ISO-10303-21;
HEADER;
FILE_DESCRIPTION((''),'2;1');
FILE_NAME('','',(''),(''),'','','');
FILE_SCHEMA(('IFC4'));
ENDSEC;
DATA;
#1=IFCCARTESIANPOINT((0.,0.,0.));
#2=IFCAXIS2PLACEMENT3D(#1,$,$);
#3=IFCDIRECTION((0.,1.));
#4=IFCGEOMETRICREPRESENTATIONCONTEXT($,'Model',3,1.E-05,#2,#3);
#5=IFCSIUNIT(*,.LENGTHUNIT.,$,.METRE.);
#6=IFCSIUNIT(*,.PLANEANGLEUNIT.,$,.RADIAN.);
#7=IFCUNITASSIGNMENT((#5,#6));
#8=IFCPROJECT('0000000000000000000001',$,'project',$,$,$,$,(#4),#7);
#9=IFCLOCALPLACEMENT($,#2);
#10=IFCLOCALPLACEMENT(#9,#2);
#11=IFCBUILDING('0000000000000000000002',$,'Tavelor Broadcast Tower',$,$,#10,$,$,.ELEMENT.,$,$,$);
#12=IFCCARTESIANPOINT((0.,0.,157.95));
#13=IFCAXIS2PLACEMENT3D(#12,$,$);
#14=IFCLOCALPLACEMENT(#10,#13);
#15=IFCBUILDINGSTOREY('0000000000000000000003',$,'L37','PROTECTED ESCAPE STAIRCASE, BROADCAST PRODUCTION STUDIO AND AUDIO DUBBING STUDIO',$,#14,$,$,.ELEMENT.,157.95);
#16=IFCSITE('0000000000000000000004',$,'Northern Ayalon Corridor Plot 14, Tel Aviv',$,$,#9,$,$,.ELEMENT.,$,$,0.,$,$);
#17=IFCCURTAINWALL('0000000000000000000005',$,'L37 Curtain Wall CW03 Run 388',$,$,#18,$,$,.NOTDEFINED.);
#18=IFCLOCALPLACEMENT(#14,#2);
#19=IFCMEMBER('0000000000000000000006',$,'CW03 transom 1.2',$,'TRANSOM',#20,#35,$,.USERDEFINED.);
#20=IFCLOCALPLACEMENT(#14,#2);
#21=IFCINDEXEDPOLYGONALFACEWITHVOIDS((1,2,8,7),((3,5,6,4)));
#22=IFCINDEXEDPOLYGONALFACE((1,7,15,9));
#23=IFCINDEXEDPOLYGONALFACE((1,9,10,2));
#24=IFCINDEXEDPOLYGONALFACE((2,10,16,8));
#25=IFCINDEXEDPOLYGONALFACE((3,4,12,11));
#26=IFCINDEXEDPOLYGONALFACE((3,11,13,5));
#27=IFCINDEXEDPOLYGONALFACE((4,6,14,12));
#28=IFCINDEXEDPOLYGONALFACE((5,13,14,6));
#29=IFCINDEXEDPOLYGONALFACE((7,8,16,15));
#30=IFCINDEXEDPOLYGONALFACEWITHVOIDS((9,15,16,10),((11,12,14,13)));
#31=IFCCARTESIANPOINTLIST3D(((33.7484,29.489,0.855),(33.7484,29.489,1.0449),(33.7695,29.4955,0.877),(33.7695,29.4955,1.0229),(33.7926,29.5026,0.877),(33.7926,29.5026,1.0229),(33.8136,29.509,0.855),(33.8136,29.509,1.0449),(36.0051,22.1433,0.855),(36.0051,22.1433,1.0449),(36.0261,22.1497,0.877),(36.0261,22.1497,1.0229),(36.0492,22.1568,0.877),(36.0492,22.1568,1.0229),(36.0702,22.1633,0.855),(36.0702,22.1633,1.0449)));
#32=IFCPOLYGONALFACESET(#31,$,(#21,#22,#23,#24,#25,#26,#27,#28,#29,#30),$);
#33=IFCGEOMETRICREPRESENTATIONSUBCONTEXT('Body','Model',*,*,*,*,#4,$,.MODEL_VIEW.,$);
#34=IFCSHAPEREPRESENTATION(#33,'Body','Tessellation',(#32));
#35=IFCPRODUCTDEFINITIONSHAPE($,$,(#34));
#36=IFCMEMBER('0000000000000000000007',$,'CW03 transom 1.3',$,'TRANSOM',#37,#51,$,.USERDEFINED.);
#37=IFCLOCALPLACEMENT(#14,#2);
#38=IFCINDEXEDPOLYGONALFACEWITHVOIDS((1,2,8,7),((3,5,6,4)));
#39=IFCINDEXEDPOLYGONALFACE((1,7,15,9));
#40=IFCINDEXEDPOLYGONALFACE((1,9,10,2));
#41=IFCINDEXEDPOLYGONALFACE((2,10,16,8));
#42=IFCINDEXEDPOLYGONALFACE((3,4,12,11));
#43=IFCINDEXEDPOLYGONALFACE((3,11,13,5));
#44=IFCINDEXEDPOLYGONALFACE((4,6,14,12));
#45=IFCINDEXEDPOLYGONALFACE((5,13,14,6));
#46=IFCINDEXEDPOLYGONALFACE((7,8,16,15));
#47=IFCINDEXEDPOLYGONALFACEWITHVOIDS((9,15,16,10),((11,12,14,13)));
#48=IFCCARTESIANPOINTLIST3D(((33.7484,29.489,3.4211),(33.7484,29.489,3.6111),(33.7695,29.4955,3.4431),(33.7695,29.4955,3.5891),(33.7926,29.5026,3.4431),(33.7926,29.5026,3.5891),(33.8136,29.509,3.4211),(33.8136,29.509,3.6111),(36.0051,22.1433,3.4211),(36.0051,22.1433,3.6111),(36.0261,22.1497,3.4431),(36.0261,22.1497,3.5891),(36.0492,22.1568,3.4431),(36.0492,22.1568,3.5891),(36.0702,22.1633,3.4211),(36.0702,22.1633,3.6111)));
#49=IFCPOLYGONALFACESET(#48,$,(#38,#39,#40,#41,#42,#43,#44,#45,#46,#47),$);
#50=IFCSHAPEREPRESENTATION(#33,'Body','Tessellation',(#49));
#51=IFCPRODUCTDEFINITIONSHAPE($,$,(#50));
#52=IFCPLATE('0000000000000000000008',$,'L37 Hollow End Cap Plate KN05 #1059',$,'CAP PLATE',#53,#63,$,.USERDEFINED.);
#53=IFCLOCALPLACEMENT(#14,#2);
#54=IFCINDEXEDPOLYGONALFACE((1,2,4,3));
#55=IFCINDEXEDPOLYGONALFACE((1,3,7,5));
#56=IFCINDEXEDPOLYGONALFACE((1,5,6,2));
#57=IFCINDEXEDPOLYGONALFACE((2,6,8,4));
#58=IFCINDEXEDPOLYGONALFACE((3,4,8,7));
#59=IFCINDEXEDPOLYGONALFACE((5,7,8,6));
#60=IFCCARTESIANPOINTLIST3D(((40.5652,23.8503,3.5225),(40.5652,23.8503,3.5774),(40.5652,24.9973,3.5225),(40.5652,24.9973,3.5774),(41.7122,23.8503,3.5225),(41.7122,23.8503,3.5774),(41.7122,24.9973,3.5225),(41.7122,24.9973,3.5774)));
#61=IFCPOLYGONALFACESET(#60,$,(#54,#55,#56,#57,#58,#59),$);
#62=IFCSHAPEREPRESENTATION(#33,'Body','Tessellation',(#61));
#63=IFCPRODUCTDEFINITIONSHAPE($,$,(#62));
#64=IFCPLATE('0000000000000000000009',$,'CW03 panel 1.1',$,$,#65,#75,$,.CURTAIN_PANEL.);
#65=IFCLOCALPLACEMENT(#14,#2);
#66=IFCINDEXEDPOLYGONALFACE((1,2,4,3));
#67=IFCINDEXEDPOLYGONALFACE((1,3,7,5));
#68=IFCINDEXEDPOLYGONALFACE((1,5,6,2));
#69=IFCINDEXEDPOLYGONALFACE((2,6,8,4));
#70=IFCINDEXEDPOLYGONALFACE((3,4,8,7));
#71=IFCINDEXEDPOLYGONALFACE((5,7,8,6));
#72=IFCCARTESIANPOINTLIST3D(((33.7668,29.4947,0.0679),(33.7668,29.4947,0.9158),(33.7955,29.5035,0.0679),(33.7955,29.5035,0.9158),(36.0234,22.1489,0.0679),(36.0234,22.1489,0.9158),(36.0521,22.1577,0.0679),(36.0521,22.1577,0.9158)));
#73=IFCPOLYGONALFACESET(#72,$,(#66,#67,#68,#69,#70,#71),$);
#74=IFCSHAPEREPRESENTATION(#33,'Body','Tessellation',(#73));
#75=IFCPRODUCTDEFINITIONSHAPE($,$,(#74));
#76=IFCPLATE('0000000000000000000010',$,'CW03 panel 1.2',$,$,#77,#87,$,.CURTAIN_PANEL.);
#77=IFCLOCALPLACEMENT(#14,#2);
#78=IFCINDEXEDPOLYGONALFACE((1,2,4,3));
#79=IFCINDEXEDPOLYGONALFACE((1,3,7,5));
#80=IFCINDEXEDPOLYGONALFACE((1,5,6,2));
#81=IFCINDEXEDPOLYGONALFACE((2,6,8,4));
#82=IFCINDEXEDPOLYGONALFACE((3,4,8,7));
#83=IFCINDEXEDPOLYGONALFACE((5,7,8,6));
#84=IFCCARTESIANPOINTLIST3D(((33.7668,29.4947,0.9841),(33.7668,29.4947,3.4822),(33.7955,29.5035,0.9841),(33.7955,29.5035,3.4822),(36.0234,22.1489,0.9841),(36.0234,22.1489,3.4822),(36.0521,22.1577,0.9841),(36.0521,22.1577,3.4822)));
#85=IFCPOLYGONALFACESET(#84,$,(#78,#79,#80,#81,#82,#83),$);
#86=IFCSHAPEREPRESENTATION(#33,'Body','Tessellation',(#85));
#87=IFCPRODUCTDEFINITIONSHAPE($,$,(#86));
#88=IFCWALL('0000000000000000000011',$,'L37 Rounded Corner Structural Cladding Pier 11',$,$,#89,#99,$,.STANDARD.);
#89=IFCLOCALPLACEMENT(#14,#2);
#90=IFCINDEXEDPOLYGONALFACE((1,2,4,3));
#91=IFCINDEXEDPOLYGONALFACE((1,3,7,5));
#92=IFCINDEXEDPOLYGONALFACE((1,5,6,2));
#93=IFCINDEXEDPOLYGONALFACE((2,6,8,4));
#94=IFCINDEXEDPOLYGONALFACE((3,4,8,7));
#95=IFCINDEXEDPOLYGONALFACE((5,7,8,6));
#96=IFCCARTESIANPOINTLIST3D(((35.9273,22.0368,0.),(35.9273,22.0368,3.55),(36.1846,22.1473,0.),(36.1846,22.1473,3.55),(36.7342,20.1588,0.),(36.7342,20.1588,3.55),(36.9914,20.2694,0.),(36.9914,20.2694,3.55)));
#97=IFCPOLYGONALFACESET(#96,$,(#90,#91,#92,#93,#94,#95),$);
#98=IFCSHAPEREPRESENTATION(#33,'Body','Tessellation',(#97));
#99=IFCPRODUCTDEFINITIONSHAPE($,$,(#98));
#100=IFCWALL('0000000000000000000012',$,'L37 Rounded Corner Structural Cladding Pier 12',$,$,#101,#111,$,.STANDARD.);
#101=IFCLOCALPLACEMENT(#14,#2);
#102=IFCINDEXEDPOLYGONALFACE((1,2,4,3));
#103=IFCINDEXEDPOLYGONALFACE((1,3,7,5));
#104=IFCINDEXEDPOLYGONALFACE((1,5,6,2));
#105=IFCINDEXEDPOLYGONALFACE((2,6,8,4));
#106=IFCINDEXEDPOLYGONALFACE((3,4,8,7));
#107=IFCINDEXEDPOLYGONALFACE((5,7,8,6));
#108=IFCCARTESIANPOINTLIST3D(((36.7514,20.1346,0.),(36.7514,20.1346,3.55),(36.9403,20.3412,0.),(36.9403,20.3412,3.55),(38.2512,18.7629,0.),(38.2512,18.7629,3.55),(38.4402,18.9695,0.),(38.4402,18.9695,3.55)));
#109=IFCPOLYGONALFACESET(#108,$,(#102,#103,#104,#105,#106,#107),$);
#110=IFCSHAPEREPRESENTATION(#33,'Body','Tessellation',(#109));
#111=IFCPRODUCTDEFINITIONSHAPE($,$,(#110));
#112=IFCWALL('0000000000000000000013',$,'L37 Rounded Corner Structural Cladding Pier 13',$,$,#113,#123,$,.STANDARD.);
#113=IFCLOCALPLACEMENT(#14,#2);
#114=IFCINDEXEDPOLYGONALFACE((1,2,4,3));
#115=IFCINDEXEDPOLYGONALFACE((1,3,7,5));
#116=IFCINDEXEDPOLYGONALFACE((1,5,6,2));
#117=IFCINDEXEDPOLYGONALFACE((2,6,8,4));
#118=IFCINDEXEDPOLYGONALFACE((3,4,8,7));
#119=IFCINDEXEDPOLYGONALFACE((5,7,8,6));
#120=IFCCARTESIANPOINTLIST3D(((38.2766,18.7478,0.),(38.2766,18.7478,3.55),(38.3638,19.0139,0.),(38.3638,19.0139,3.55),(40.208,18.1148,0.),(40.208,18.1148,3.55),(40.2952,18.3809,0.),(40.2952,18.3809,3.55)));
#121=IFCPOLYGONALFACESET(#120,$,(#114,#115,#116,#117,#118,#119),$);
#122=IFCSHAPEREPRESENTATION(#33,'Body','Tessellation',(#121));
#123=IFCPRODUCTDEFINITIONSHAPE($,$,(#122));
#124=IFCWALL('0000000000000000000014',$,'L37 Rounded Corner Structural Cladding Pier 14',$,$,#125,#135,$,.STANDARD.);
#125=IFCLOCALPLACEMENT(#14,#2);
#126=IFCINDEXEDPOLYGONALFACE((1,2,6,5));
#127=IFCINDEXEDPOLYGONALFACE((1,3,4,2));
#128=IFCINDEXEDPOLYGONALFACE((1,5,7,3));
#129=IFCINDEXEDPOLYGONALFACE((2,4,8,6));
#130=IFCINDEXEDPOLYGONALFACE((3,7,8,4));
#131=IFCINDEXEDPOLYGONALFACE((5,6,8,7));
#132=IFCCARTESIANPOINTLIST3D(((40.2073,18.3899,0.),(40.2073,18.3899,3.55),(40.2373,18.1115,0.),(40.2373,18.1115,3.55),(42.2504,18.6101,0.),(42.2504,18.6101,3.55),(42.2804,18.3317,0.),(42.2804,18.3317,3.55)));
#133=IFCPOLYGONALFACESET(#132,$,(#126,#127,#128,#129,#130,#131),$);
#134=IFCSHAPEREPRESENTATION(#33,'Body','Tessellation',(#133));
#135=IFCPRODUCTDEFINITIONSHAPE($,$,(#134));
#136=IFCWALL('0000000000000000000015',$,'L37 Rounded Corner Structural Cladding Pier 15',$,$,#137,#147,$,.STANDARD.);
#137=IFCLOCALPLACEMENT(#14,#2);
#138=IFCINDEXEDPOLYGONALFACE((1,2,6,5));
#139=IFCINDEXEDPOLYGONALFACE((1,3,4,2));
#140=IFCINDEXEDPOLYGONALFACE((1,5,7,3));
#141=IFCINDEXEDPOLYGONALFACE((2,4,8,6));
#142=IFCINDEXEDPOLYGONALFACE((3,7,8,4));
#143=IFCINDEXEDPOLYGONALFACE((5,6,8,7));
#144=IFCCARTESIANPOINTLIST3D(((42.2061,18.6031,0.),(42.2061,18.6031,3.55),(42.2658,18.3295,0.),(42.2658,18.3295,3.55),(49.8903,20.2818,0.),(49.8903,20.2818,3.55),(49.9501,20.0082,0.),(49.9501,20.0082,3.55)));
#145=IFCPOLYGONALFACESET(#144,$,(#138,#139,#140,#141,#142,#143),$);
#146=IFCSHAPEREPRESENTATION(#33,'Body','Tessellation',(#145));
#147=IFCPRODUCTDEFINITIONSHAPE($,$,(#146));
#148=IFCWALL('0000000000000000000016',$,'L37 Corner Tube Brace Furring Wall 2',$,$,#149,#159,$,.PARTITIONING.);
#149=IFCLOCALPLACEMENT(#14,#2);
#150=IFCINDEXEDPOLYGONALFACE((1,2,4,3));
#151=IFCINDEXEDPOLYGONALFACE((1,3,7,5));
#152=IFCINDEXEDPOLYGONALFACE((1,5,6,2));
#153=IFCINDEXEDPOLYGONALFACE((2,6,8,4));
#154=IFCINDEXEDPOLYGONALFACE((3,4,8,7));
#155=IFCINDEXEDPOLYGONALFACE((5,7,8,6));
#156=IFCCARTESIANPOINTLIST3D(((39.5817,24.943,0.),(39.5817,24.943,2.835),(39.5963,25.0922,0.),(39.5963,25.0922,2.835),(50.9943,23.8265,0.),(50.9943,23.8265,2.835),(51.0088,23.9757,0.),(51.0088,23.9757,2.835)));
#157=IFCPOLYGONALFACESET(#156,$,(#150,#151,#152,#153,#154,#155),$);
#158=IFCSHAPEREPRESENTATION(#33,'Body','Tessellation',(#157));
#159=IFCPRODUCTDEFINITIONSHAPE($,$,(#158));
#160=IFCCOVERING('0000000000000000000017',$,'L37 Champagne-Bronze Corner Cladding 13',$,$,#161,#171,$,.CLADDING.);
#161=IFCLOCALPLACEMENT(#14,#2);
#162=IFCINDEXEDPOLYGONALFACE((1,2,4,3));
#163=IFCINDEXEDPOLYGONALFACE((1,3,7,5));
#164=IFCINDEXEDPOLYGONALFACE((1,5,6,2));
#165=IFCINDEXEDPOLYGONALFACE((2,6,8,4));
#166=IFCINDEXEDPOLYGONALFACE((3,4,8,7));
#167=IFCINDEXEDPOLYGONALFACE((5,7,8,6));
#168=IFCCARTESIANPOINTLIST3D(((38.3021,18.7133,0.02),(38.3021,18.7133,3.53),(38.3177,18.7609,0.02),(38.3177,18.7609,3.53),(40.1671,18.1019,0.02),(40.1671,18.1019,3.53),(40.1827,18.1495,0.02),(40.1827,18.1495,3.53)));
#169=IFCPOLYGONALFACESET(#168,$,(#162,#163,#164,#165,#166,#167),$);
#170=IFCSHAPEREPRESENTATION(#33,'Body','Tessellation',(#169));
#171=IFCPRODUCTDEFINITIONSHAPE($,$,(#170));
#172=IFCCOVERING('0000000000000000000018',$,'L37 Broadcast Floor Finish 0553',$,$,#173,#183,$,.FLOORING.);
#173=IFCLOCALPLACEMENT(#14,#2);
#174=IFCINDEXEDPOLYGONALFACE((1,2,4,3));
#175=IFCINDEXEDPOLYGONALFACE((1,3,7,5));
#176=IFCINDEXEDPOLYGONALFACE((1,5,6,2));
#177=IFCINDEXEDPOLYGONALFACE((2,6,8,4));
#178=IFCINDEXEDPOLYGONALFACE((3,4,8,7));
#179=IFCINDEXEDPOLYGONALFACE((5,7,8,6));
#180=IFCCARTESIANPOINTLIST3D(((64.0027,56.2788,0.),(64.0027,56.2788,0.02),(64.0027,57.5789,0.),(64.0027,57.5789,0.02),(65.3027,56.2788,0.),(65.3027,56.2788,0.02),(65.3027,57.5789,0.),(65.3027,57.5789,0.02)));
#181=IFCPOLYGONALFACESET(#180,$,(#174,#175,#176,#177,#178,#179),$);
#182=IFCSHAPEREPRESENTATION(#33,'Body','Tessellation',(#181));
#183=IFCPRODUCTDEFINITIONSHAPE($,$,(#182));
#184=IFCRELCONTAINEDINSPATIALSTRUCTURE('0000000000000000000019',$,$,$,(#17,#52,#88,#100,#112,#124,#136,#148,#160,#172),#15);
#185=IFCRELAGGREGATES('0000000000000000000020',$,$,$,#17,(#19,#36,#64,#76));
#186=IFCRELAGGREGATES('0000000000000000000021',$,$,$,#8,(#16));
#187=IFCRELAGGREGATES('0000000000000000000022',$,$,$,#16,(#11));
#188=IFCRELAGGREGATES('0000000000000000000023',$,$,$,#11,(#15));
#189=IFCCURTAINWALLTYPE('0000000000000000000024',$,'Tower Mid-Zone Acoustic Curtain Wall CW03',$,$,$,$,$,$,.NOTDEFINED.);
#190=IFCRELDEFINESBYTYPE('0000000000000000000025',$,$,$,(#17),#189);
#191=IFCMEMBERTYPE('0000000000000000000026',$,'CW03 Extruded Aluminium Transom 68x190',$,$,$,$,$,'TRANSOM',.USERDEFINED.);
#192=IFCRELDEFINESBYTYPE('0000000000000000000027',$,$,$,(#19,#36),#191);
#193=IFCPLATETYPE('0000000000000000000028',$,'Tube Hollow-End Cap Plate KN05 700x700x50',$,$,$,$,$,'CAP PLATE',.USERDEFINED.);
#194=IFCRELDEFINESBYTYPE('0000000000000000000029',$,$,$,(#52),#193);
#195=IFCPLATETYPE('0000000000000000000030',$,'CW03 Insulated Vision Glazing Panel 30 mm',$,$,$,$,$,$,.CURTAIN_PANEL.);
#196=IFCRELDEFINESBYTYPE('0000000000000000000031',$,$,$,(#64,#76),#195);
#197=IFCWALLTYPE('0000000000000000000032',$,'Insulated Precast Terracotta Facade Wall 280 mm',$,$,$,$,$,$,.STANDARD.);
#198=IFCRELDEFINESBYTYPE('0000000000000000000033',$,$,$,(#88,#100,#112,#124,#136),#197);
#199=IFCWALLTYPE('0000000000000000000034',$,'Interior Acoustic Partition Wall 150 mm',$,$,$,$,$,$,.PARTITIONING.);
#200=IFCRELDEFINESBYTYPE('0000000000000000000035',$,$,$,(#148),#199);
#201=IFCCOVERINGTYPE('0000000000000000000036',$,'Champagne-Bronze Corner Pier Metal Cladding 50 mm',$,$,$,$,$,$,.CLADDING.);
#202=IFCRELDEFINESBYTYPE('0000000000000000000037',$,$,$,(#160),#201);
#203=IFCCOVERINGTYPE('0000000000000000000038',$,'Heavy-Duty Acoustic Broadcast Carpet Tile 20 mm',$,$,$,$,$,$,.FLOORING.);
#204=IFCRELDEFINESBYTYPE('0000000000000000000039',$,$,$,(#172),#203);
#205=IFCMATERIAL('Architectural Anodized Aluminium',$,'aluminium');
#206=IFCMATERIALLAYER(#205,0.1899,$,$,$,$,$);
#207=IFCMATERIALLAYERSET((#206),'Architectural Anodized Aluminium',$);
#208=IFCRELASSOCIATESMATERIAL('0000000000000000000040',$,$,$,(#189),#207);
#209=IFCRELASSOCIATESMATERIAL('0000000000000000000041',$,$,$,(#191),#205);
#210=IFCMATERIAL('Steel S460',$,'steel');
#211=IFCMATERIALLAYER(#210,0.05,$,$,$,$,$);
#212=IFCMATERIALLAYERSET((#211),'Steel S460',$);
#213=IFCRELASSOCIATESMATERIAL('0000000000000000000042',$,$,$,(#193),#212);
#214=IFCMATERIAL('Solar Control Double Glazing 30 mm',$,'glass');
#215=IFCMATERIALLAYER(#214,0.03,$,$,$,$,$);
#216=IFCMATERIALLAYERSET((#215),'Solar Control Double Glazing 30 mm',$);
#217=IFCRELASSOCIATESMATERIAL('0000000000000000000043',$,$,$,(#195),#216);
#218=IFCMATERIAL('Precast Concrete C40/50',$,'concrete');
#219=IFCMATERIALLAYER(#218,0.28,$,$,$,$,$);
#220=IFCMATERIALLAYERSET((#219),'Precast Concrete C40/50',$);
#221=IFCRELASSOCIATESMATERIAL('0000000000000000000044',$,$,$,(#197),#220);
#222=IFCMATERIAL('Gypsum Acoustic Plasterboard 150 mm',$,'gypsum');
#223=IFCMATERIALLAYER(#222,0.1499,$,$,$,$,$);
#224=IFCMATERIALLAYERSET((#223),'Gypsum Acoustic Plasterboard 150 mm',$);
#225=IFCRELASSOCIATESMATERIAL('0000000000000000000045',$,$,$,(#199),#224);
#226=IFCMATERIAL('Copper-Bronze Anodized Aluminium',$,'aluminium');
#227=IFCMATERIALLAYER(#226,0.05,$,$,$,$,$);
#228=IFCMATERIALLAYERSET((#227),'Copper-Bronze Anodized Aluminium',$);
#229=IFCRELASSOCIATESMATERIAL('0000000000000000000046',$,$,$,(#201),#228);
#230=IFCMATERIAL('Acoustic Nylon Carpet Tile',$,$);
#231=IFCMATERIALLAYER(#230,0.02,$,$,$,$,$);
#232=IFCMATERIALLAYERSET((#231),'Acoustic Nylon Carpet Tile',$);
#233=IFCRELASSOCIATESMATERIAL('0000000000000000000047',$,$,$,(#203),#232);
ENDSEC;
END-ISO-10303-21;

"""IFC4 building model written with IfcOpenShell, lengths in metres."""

from ifc_helpers import new_model, si_unit, direction, frame, frame_2d, origin, origin_2d, place, context, subcontext, project, spatial, polyline, rectangle, hollow_rectangle, outline, extrude, source, transform, mapped, material, layer, layer_set, material_profile, profile_set, type_object, type_shapes, element, aggregate, save


model = new_model("IFC4")

# Units and contexts
model_context = context("Model", 3, precision=1e-05, world=origin(), true_north=direction((0.0, 1.0)))
body_context = subcontext(model_context, "Body", "Model", "MODEL_VIEW")
ifc_project = project(units=[si_unit("LENGTHUNIT", "METRE"), si_unit("PLANEANGLEUNIT", "RADIAN")], contexts=[model_context])

# Site, building, storey
site_placement = place(None, origin())
site = spatial("IfcSite", under=ifc_project, at=site_placement, Name="Northern Ayalon Corridor Plot 14, Tel Aviv", CompositionType="ELEMENT", RefElevation=0.0)
building_placement = place(site_placement, origin())
building = spatial("IfcBuilding", under=site, at=building_placement, Name="Tavelor Broadcast Tower", CompositionType="ELEMENT")
storey_placement = place(building_placement, frame((0.0, 0.0, 157.95)))
storey = spatial("IfcBuildingStorey", under=building, at=storey_placement, Name="L37", Description="PROTECTED ESCAPE STAIRCASE, BROADCAST PRODUCTION STUDIO AND AUDIO DUBBING STUDIO", CompositionType="ELEMENT", Elevation=157.95)

# Shared definitions
ifc_material_1 = material(Name="Steel S460", Category="steel")

# Curtain wall, members
ifc_material_2 = material(Name="Architectural Anodized Aluminium", Category="aluminium")
ifc_layer_1 = layer(ifc_material_2, 0.1899)
ifc_layer_set_1 = layer_set([ifc_layer_1], Name="Architectural Anodized Aluminium")
curtain_wall_type = type_object("IfcCurtainWallType", Name="Tower Mid-Zone Acoustic Curtain Wall CW03", PredefinedType="NOTDEFINED", material=ifc_layer_set_1)
curtain_wall_placement = place(storey_placement, origin())
curtain_wall = element("IfcCurtainWall", 1, at=curtain_wall_placement, inside=storey, type_object=curtain_wall_type, Name="L37 Curtain Wall CW03 Run 388", PredefinedType="NOTDEFINED")
ifc_material_profile_1 = material_profile(ifc_material_2, hollow_rectangle(XDim=0.0681, YDim=0.1899, WallThickness=0.022, at=origin_2d()), Name="RHS 68x190x22")
ifc_profile_set_1 = profile_set([ifc_material_profile_1], Name="Architectural Anodized Aluminium")
member_type_1 = type_object("IfcMemberType", Name="CW03 Extruded Aluminium Transom 68x190", ElementType="TRANSOM", PredefinedType="USERDEFINED", material=ifc_profile_set_1)
shared_shape_1 = source(origin(), body_context, "Body", "SweptSolid", [
    extrude(hollow_rectangle(XDim=0.0681, YDim=0.1899, WallThickness=0.022, at=origin_2d()), origin(), (0.0, 0.0, 1.0), 7.6846),
])
type_shapes(member_type_1, [shared_shape_1])
member_1_placement = place(storey_placement, frame((33.781, 29.499, 0.95), z_axis=(0.293655, -0.955911, 0.0), x_axis=(0.955911, 0.293655, 0.0)))
member_1 = element("IfcMember", 2, at=member_1_placement, type_object=member_type_1, Name="CW03 transom 1.2", ObjectType="TRANSOM", PredefinedType="USERDEFINED", context=body_context, shape_type="MappedRepresentation", body=[
    mapped(shared_shape_1, transform((0.0, 0.0, 0.0), scale=1.0)),
])
member_2_placement = place(storey_placement, frame((33.781, 29.499, 3.5161), z_axis=(0.293655, -0.955911, 0.0), x_axis=(0.955911, 0.293655, 0.0)))
member_2 = element("IfcMember", 3, at=member_2_placement, type_object=member_type_1, Name="CW03 transom 1.3", ObjectType="TRANSOM", PredefinedType="USERDEFINED", context=body_context, shape_type="MappedRepresentation", body=[
    mapped(shared_shape_1, transform((0.0, 0.0, 0.0), scale=1.0)),
])

# Plates
ifc_layer_2 = layer(ifc_material_1, 0.05)
ifc_layer_set_2 = layer_set([ifc_layer_2], Name="Steel S460")
plate_type_1 = type_object("IfcPlateType", Name="Tube Hollow-End Cap Plate KN05 700x700x50", ElementType="CAP PLATE", PredefinedType="USERDEFINED", material=ifc_layer_set_2)
shared_shape_2 = source(origin(), body_context, "Body", "SweptSolid", [
    extrude(rectangle(XDim=1.147, YDim=1.147, at=origin_2d()), origin(), (0.0, 0.0, 1.0), 0.0549),
])
type_shapes(plate_type_1, [shared_shape_2])
plate_1_placement = place(storey_placement, frame((41.1387, 24.4238, 3.5225), z_axis=(0.0, 0.0, 1.0), x_axis=(1.0, 0.0, 0.0)))
element("IfcPlate", 4, at=plate_1_placement, inside=storey, type_object=plate_type_1, Name="L37 Hollow End Cap Plate KN05 #1059", ObjectType="CAP PLATE", PredefinedType="USERDEFINED", context=body_context, shape_type="MappedRepresentation", body=[
    mapped(shared_shape_2, transform((0.0, 0.0, 0.0), scale=1.0)),
])
ifc_material_3 = material(Name="Solar Control Double Glazing 30 mm", Category="glass")
ifc_layer_3 = layer(ifc_material_3, 0.03)
ifc_layer_set_3 = layer_set([ifc_layer_3], Name="Solar Control Double Glazing 30 mm")
plate_type_2 = type_object("IfcPlateType", Name="CW03 Insulated Vision Glazing Panel 30 mm", PredefinedType="CURTAIN_PANEL", material=ifc_layer_set_3)
shared_shape_3 = source(origin(), body_context, "Body", "SweptSolid", [
    extrude(rectangle(XDim=7.6846, YDim=0.03, at=origin_2d()), origin(), (0.0, 0.0, 1.0), 0.8479),
])
plate_2_placement = place(storey_placement, frame((34.9094, 25.8262, 0.0679), z_axis=(0.0, 0.0, 1.0), x_axis=(0.293652, -0.955912, 0.0)))
plate_2 = element("IfcPlate", 5, at=plate_2_placement, type_object=plate_type_2, Name="CW03 panel 1.1", PredefinedType="CURTAIN_PANEL", context=body_context, shape_type="MappedRepresentation", body=[
    mapped(shared_shape_3, transform((0.0, 0.0, 0.0), scale=1.0)),
])
shared_shape_4 = source(origin(), body_context, "Body", "SweptSolid", [
    extrude(rectangle(XDim=7.6846, YDim=0.03, at=origin_2d()), origin(), (0.0, 0.0, 1.0), 2.498),
])
type_shapes(plate_type_2, [shared_shape_3, shared_shape_4])
plate_3_placement = place(storey_placement, frame((34.9094, 25.8262, 0.9841), z_axis=(0.0, 0.0, 1.0), x_axis=(0.293652, -0.955912, 0.0)))
plate_3 = element("IfcPlate", 6, at=plate_3_placement, type_object=plate_type_2, Name="CW03 panel 1.2", PredefinedType="CURTAIN_PANEL", context=body_context, shape_type="MappedRepresentation", body=[
    mapped(shared_shape_4, transform((0.0, 0.0, 0.0), scale=1.0)),
])
aggregate(curtain_wall, [member_1, member_2, plate_2, plate_3])

# Walls
ifc_material_4 = material(Name="Precast Concrete C40/50", Category="concrete")
ifc_layer_4 = layer(ifc_material_4, 0.28)
ifc_layer_set_4 = layer_set([ifc_layer_4], Name="Precast Concrete C40/50")
wall_type_1 = type_object("IfcWallType", Name="Insulated Precast Terracotta Facade Wall 280 mm", PredefinedType="STANDARD", material=ifc_layer_set_4)
wall_1_placement = place(storey_placement, frame((36.0559, 22.092, 0.0), z_axis=(0.0, 0.0, 1.0), x_axis=(0.39477, -0.91878, 0.0)))
element("IfcWall", 7, at=wall_1_placement, inside=storey, type_object=wall_type_1, Name="L37 Rounded Corner Structural Cladding Pier 11", PredefinedType="STANDARD", context=body_context, shape_type="SweptSolid", body=[
    extrude(rectangle(XDim=2.0439, YDim=0.28, at=frame_2d((1.022, 0.0))), origin(), (0.0, 0.0, 1.0), 3.55),
])
for number, where, z_axis, x_axis, name in (
    (8, (36.8459, 20.2378, 0.0), (0.0, 0.0, 1.0), (0.737937, -0.67487, 0.0), "L37 Rounded Corner Structural Cladding Pier 12"),
    (9, (38.3203, 18.8809, 0.0), (0.0, 0.0, 1.0), (0.950257, -0.311467, 0.0), "L37 Rounded Corner Structural Cladding Pier 13"),
):
    element("IfcWall", number, at=place(storey_placement, frame(where, z_axis=z_axis, x_axis=x_axis)), inside=storey, type_object=wall_type_1, Name=name, PredefinedType="STANDARD", context=body_context, shape_type="SweptSolid", body=[
        extrude(rectangle(XDim=2.0325, YDim=0.28, at=frame_2d((1.0161, 0.0))), origin(), (0.0, 0.0, 1.0), 3.55),
    ])
wall_2_placement = place(storey_placement, frame((40.2224, 18.2507, 0.0), z_axis=(0.0, 0.0, 1.0), x_axis=(0.994242, 0.107158, 0.0)))
element("IfcWall", 10, at=wall_2_placement, inside=storey, type_object=wall_type_1, Name="L37 Rounded Corner Structural Cladding Pier 14", PredefinedType="STANDARD", context=body_context, shape_type="SweptSolid", body=[
    extrude(rectangle(XDim=2.0549, YDim=0.28, at=frame_2d((1.0273, 0.0))), origin(), (0.0, 0.0, 1.0), 3.55),
])
wall_3_placement = place(storey_placement, frame((42.2361, 18.4663, 0.0), z_axis=(0.0, 0.0, 1.0), x_axis=(0.976959, 0.213426, 0.0)))
element("IfcWall", 11, at=wall_3_placement, inside=storey, type_object=wall_type_1, Name="L37 Rounded Corner Structural Cladding Pier 15", PredefinedType="STANDARD", context=body_context, shape_type="SweptSolid", body=[
    extrude(rectangle(XDim=7.8655, YDim=0.28, at=frame_2d((3.9326, 0.0))), origin(), (0.0, 0.0, 1.0), 3.55),
])
ifc_material_5 = material(Name="Gypsum Acoustic Plasterboard 150 mm", Category="gypsum")
ifc_layer_5 = layer(ifc_material_5, 0.1499)
ifc_layer_set_5 = layer_set([ifc_layer_5], Name="Gypsum Acoustic Plasterboard 150 mm")
wall_type_2 = type_object("IfcWallType", Name="Interior Acoustic Partition Wall 150 mm", PredefinedType="PARTITIONING", material=ifc_layer_set_5)
wall_4_placement = place(storey_placement, frame((39.5891, 25.0176, 0.0), z_axis=(0.0, 0.0, 1.0), x_axis=(0.995249, -0.097362, 0.0)))
element("IfcWall", 12, at=wall_4_placement, inside=storey, type_object=wall_type_2, Name="L37 Corner Tube Brace Furring Wall 2", PredefinedType="PARTITIONING", context=body_context, shape_type="SweptSolid", body=[
    extrude(rectangle(XDim=11.467, YDim=0.1499, at=frame_2d((5.7334, 0.0))), origin(), (0.0, 0.0, 1.0), 2.835),
])

# Coverings
ifc_material_6 = material(Name="Copper-Bronze Anodized Aluminium", Category="aluminium")
ifc_layer_6 = layer(ifc_material_6, 0.05)
ifc_layer_set_6 = layer_set([ifc_layer_6], Name="Copper-Bronze Anodized Aluminium")
covering_type_1 = type_object("IfcCoveringType", Name="Champagne-Bronze Corner Pier Metal Cladding 50 mm", PredefinedType="CLADDING", material=ifc_layer_set_6)
covering_1_placement = place(storey_placement, frame((39.2424, 18.4314, 0.02), z_axis=(0.0, 0.0, 1.0), x_axis=(0.950244, -0.311506, 0.0)))
element("IfcCovering", 13, at=covering_1_placement, inside=storey, type_object=covering_type_1, Name="L37 Champagne-Bronze Corner Cladding 13", PredefinedType="CLADDING", context=body_context, shape_type="SweptSolid", body=[
    extrude(rectangle(XDim=1.9626, YDim=0.05, at=origin_2d()), origin(), (0.0, 0.0, 1.0), 3.51),
])
ifc_material_7 = material(Name="Acoustic Nylon Carpet Tile")
ifc_layer_7 = layer(ifc_material_7, 0.02)
ifc_layer_set_7 = layer_set([ifc_layer_7], Name="Acoustic Nylon Carpet Tile")
covering_type_2 = type_object("IfcCoveringType", Name="Heavy-Duty Acoustic Broadcast Carpet Tile 20 mm", PredefinedType="FLOORING", material=ifc_layer_set_7)
covering_2_placement = place(storey_placement, origin())
element("IfcCovering", 14, at=covering_2_placement, inside=storey, type_object=covering_type_2, Name="L37 Broadcast Floor Finish 0553", PredefinedType="FLOORING", context=body_context, shape_type="SweptSolid", body=[
    extrude(outline(polyline([(64.0027, 56.2788), (65.3027, 56.2788), (65.3027, 57.5789), (64.0027, 57.5789), (64.0027, 56.2788)])), origin(), (0.0, 0.0, 1.0), 0.02),
])

save(model, "model.ifc")
